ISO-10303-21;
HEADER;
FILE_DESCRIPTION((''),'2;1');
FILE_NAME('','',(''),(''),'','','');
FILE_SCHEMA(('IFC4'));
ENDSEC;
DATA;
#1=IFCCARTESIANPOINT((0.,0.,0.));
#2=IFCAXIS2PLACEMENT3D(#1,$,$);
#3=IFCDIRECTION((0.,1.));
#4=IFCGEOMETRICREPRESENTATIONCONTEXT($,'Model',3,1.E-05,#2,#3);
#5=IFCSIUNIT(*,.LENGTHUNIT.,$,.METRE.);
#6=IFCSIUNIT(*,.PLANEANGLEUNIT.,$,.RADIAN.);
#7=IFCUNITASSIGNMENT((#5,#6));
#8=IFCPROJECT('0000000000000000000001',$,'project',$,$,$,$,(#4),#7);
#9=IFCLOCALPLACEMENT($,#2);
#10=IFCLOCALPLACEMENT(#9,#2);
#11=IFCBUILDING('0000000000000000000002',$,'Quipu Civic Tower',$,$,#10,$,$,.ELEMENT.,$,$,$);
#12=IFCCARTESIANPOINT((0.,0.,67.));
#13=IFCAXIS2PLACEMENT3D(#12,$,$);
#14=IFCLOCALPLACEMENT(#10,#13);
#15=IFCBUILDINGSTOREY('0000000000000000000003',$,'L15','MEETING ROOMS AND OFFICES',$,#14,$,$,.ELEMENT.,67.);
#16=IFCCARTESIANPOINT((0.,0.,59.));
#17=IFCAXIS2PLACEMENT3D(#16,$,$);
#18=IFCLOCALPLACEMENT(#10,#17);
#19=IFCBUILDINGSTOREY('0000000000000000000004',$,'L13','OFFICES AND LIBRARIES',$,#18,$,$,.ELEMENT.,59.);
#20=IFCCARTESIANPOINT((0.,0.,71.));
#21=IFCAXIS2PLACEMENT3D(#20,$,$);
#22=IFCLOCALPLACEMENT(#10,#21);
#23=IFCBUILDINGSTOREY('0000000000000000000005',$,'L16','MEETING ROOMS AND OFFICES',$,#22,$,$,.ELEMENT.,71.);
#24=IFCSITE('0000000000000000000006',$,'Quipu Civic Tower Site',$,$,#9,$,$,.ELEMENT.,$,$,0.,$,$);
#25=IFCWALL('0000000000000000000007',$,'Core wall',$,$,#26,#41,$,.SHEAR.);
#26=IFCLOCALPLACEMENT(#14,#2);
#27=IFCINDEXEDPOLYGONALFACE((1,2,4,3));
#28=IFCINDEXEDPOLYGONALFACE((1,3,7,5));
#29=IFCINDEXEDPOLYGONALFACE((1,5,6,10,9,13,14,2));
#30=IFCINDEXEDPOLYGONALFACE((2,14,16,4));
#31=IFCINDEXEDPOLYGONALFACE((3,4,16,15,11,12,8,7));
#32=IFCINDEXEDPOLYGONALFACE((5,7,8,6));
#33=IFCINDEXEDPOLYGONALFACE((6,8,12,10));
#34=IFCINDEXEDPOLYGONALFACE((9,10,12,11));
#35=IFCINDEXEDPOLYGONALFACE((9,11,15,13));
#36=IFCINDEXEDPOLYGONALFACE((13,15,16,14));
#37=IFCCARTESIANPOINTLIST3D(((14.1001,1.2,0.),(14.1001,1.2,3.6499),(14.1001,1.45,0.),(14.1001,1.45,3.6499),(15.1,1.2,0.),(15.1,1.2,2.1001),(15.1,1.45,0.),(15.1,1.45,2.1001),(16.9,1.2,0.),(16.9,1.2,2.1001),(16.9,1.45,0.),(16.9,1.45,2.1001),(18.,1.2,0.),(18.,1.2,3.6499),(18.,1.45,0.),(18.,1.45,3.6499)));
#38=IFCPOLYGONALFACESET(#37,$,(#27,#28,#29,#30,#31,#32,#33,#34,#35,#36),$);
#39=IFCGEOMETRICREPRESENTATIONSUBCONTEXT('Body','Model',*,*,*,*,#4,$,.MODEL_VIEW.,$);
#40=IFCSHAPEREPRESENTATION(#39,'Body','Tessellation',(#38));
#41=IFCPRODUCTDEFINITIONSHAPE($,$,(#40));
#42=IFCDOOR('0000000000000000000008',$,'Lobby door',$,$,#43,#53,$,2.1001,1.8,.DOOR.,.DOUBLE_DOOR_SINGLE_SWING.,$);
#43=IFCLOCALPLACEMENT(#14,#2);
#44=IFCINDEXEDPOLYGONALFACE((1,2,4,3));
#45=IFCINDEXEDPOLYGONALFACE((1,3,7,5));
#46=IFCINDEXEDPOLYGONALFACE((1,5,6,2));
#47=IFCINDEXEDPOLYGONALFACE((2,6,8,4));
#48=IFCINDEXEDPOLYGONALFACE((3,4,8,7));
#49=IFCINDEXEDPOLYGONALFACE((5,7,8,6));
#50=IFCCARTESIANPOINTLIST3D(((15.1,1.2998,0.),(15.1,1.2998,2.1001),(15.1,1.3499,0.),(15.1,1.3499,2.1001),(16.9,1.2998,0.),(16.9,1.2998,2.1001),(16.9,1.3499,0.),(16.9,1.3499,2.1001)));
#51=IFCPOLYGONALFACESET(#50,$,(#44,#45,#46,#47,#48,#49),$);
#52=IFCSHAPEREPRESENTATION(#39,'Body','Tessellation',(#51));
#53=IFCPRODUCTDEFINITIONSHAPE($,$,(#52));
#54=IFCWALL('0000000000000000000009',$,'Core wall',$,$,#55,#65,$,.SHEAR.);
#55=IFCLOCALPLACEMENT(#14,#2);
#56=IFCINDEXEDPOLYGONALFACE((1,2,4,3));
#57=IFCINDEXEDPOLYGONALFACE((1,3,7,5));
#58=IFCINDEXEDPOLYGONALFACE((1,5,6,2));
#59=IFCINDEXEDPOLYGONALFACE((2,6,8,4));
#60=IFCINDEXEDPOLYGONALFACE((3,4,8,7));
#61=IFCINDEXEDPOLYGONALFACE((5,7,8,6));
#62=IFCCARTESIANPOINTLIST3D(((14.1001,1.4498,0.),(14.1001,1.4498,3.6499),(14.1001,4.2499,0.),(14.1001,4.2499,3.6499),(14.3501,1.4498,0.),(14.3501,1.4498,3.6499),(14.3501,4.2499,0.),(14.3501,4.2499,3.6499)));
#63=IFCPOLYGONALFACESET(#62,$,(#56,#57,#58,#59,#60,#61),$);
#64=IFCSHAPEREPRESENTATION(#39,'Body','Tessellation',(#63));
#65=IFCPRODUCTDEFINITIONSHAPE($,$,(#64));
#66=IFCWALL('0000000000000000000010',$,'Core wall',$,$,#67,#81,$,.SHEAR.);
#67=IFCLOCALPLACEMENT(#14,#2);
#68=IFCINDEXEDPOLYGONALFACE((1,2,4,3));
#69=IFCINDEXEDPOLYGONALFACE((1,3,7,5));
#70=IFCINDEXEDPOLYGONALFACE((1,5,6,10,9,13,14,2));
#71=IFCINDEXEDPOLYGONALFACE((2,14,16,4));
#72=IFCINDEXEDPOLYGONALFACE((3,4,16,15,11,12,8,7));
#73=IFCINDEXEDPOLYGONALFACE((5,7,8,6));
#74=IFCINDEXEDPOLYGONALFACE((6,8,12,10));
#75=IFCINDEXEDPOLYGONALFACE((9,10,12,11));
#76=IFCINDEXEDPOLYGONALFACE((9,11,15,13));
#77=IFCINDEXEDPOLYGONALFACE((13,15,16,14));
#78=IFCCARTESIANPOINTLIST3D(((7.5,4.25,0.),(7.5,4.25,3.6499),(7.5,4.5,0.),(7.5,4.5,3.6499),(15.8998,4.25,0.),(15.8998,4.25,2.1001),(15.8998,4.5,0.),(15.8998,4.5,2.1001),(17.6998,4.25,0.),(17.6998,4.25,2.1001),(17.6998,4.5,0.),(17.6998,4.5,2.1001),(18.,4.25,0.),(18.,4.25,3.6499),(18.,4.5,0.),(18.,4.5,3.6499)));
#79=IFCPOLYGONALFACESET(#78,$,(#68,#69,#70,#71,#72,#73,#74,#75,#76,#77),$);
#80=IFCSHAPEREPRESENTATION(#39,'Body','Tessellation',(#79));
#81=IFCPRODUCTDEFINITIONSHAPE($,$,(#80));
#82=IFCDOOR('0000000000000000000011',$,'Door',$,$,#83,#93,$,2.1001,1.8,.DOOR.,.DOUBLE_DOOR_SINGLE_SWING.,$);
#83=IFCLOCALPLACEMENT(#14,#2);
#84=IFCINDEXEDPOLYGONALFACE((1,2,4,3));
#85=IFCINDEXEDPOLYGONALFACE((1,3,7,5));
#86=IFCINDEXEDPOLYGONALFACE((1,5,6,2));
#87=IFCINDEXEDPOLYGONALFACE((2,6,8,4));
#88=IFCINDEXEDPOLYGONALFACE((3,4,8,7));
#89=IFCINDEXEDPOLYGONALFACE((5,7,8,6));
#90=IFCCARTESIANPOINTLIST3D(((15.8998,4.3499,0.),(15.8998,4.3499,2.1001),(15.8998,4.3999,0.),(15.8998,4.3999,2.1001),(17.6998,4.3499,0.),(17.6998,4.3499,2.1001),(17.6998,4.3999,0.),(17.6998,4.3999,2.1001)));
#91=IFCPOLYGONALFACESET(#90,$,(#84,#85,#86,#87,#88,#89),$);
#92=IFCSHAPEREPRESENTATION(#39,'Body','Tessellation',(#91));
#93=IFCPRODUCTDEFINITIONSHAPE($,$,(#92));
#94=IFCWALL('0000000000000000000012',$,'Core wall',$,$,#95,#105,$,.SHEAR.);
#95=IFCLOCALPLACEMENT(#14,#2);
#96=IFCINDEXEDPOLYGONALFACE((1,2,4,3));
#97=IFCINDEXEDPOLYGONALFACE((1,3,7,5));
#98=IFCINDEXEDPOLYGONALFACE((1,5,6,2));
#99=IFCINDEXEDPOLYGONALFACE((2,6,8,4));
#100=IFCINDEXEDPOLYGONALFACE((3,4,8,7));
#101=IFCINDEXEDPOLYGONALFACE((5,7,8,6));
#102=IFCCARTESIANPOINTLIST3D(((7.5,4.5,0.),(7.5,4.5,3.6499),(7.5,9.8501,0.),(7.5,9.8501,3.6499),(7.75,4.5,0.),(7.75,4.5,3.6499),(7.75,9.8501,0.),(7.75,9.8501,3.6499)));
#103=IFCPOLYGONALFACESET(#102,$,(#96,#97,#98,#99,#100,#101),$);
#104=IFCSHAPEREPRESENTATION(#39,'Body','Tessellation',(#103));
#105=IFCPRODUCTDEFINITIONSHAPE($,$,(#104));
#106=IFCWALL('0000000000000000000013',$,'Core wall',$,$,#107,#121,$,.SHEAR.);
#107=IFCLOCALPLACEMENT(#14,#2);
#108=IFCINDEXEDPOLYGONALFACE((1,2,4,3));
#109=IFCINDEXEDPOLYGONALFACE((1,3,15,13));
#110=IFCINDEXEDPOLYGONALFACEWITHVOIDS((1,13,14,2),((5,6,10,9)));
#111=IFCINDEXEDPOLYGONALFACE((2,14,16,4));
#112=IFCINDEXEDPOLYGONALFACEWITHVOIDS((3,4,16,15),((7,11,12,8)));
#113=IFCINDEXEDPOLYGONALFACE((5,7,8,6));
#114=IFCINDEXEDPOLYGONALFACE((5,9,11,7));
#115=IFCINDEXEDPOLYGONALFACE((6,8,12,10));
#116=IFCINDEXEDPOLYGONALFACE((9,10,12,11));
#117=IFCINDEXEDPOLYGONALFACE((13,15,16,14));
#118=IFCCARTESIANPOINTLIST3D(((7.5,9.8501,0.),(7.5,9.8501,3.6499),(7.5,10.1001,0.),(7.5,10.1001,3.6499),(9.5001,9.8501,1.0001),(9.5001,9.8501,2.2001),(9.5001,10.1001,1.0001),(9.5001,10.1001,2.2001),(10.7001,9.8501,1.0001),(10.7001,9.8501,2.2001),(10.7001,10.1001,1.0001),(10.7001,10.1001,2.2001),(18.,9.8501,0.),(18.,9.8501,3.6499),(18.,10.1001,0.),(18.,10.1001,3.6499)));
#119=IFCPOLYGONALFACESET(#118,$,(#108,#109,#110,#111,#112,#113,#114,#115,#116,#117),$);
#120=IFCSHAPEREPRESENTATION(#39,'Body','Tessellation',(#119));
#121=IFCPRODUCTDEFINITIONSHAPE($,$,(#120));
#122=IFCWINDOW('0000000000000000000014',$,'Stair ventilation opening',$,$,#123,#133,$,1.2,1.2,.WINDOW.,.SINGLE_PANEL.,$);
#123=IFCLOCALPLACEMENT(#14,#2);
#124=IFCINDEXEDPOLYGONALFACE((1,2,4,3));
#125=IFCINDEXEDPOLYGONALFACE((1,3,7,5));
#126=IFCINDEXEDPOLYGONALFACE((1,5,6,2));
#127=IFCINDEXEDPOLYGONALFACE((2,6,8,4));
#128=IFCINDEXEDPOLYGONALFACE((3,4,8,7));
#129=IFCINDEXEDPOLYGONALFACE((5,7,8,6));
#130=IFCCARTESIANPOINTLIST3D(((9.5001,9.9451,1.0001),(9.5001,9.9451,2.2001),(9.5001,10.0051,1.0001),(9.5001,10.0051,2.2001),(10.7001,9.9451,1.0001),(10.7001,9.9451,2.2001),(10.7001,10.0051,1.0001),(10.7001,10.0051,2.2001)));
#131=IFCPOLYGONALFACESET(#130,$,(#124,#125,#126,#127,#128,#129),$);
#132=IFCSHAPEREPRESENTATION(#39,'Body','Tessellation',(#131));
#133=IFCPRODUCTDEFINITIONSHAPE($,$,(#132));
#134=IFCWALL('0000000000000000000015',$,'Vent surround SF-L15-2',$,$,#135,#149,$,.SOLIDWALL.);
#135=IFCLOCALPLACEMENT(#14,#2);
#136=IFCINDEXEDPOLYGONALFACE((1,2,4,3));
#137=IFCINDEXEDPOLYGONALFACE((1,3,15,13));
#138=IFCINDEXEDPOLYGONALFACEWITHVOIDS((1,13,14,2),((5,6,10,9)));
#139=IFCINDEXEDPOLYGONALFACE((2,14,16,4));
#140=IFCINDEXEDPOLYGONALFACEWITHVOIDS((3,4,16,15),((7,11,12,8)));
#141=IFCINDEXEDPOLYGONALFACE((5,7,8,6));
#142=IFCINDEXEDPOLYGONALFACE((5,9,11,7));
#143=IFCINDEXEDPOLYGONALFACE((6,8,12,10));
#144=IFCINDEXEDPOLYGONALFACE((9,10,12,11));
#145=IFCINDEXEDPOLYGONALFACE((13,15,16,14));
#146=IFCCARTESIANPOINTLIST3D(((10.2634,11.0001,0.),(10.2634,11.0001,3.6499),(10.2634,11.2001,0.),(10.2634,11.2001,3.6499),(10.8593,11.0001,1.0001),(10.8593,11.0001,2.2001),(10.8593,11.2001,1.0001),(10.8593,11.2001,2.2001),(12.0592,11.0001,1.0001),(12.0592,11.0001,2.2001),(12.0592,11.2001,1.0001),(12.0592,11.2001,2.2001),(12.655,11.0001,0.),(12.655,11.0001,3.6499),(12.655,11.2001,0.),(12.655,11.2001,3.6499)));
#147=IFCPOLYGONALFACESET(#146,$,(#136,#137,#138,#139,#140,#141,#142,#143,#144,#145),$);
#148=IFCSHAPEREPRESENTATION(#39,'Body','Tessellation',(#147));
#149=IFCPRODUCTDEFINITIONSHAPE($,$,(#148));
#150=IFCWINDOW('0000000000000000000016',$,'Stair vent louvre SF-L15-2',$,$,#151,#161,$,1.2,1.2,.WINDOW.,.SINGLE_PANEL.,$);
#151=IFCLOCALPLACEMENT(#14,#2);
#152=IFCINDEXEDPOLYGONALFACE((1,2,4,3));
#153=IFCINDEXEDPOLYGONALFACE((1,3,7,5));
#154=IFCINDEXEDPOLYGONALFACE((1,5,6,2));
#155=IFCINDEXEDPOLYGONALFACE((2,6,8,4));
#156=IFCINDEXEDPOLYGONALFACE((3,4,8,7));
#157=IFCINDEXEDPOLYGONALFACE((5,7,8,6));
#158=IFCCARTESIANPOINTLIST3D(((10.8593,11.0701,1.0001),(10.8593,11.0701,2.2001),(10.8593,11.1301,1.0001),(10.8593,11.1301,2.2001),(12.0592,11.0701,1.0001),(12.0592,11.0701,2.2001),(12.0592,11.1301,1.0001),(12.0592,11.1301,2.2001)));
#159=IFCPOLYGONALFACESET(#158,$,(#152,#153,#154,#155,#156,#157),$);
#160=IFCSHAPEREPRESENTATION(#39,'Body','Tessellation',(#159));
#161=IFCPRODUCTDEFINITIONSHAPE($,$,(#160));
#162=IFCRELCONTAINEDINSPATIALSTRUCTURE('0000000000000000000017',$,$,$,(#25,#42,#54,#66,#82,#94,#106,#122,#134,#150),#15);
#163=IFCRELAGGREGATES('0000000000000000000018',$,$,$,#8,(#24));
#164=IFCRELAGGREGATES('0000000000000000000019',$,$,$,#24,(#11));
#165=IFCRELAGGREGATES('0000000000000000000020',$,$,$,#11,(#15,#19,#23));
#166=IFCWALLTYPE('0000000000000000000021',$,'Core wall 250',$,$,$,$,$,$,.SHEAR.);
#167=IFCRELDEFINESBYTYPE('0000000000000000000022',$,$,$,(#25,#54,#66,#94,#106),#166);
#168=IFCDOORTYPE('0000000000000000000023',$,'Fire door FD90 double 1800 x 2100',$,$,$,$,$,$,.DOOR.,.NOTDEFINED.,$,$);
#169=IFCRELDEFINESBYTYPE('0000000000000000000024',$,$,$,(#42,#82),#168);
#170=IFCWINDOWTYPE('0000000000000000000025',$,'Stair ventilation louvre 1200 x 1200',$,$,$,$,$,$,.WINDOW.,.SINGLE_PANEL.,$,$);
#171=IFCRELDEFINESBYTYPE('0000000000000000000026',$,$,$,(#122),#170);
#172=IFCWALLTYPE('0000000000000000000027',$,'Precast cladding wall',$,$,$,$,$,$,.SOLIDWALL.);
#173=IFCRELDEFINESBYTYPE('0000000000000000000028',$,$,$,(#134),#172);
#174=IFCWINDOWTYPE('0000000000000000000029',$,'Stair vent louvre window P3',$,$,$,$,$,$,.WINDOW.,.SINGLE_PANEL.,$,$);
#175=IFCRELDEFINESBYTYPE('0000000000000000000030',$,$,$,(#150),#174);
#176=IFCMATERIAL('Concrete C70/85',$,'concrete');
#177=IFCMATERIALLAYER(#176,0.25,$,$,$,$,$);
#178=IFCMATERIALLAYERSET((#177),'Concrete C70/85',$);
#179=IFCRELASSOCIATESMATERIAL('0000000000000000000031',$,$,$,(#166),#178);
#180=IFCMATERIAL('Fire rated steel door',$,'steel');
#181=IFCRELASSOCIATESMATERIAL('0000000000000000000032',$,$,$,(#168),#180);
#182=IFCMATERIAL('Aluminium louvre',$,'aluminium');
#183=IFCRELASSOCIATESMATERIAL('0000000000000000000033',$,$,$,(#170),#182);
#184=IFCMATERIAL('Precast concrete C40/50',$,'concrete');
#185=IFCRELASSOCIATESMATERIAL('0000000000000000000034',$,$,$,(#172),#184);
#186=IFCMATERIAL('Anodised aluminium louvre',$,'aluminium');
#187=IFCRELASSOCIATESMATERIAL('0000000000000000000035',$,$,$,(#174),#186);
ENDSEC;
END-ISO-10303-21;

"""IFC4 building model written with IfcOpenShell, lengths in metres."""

from ifc_helpers import new_model, si_unit, direction, frame, frame_2d, origin, place, context, subcontext, project, spatial, rectangle, extrude, material, layer, layer_set, type_object, element, fill, save


model = new_model("IFC4")

# Units and contexts
model_context = context("Model", 3, precision=1e-05, world=origin(), true_north=direction((0.0, 1.0)))
body_context = subcontext(model_context, "Body", "Model", "MODEL_VIEW")
ifc_project = project(units=[si_unit("LENGTHUNIT", "METRE"), si_unit("PLANEANGLEUNIT", "RADIAN")], contexts=[model_context])

# Site, building, storey
site_placement = place(None, origin())
site = spatial("IfcSite", under=ifc_project, at=site_placement, Name="Quipu Civic Tower Site", CompositionType="ELEMENT", RefElevation=0.0)
building_placement = place(site_placement, origin())
building = spatial("IfcBuilding", under=site, at=building_placement, Name="Quipu Civic Tower", CompositionType="ELEMENT")
storey_1_placement = place(building_placement, frame((0.0, 0.0, 67.0)))
storey_1 = spatial("IfcBuildingStorey", under=building, at=storey_1_placement, Name="L15", Description="MEETING ROOMS AND OFFICES", CompositionType="ELEMENT", Elevation=67.0)

# Shared definitions
storey_2_placement = place(building_placement, frame((0.0, 0.0, 59.0)))
storey_2 = spatial("IfcBuildingStorey", under=building, at=storey_2_placement, Name="L13", Description="OFFICES AND LIBRARIES", CompositionType="ELEMENT", Elevation=59.0)

# Shared definitions
storey_3_placement = place(building_placement, frame((0.0, 0.0, 71.0)))
storey_3 = spatial("IfcBuildingStorey", under=building, at=storey_3_placement, Name="L16", Description="MEETING ROOMS AND OFFICES", CompositionType="ELEMENT", Elevation=71.0)

# Wall, opening, door
ifc_material_1 = material(Name="Concrete C70/85", Category="concrete")
ifc_layer_1 = layer(ifc_material_1, 0.25)
ifc_layer_set_1 = layer_set([ifc_layer_1], Name="Concrete C70/85")
wall_type_1 = type_object("IfcWallType", Name="Core wall 250", PredefinedType="SHEAR", material=ifc_layer_set_1)
wall_1_placement = place(storey_1_placement, frame((14.1001, 1.325, 0.0), z_axis=(0.0, 0.0, 1.0), x_axis=(1.0, 0.0, 0.0)))
wall_1 = element("IfcWall", 1, at=wall_1_placement, inside=storey_1, type_object=wall_type_1, Name="Core wall", PredefinedType="SHEAR", context=body_context, shape_type="SweptSolid", body=[
    extrude(rectangle(XDim=3.8999, YDim=0.25, at=frame_2d((1.95, 0.0))), origin(), (0.0, 0.0, 1.0), 3.6499),
])
opening_1_placement = place(wall_1_placement, frame((1.0, 0.0, 0.0)))
opening_1 = element("IfcOpeningElement", 2, at=opening_1_placement, cuts=wall_1, PredefinedType="OPENING", context=body_context, shape_type="SweptSolid", body=[
    extrude(rectangle(XDim=1.8, YDim=2.1001, at=frame_2d((0.8999, 1.05))), frame((0.0, 0.135, 0.0), z_axis=(0.0, -1.0, 0.0), x_axis=(1.0, 0.0, 0.0)), (0.0, 0.0, 1.0), 0.27),
])
ifc_material_2 = material(Name="Fire rated steel door", Category="steel")
door_type = type_object("IfcDoorType", Name="Fire door FD90 double 1800 x 2100", OperationType="NOTDEFINED", PredefinedType="DOOR", material=ifc_material_2)
door_1_placement = place(opening_1_placement, origin())
door_1 = element("IfcDoor", 3, at=door_1_placement, inside=storey_1, type_object=door_type, Name="Lobby door", OperationType="DOUBLE_DOOR_SINGLE_SWING", OverallHeight=2.1001, OverallWidth=1.8, PredefinedType="DOOR", context=body_context, shape_type="SweptSolid", body=[
    extrude(rectangle(XDim=1.8, YDim=2.1001, at=frame_2d((0.8999, 1.05))), frame((0.0, 0.0249, 0.0), z_axis=(0.0, -1.0, 0.0), x_axis=(1.0, 0.0, 0.0)), (0.0, 0.0, 1.0), 0.05),
])
fill(opening_1, door_1)

# Wall
wall_2_placement = place(storey_1_placement, frame((14.2251, 1.45, 0.0), z_axis=(0.0, 0.0, 1.0), x_axis=(0.0, 1.0, 0.0)))
element("IfcWall", 4, at=wall_2_placement, inside=storey_1, type_object=wall_type_1, Name="Core wall", PredefinedType="SHEAR", context=body_context, shape_type="SweptSolid", body=[
    extrude(rectangle(XDim=2.8, YDim=0.25, at=frame_2d((1.3999, 0.0))), origin(), (0.0, 0.0, 1.0), 3.6499),
])

# Wall, opening, door
wall_3_placement = place(storey_1_placement, frame((7.5, 4.375, 0.0), z_axis=(0.0, 0.0, 1.0), x_axis=(1.0, 0.0, 0.0)))
wall_3 = element("IfcWall", 5, at=wall_3_placement, inside=storey_1, type_object=wall_type_1, Name="Core wall", PredefinedType="SHEAR", context=body_context, shape_type="SweptSolid", body=[
    extrude(rectangle(XDim=10.5, YDim=0.25, at=frame_2d((5.25, 0.0))), origin(), (0.0, 0.0, 1.0), 3.6499),
])
opening_2_placement = place(wall_3_placement, frame((8.3999, 0.0, 0.0)))
opening_2 = element("IfcOpeningElement", 6, at=opening_2_placement, cuts=wall_3, PredefinedType="OPENING", context=body_context, shape_type="SweptSolid", body=[
    extrude(rectangle(XDim=1.8, YDim=2.1001, at=frame_2d((0.8999, 1.05))), frame((0.0, 0.135, 0.0), z_axis=(0.0, -1.0, 0.0), x_axis=(1.0, 0.0, 0.0)), (0.0, 0.0, 1.0), 0.27),
])
door_2_placement = place(opening_2_placement, origin())
door_2 = element("IfcDoor", 7, at=door_2_placement, inside=storey_1, type_object=door_type, Name="Door", OperationType="DOUBLE_DOOR_SINGLE_SWING", OverallHeight=2.1001, OverallWidth=1.8, PredefinedType="DOOR", context=body_context, shape_type="SweptSolid", body=[
    extrude(rectangle(XDim=1.8, YDim=2.1001, at=frame_2d((0.8999, 1.05))), frame((0.0, 0.0249, 0.0), z_axis=(0.0, -1.0, 0.0), x_axis=(1.0, 0.0, 0.0)), (0.0, 0.0, 1.0), 0.05),
])
fill(opening_2, door_2)

# Wall
wall_4_placement = place(storey_1_placement, frame((7.625, 4.5, 0.0), z_axis=(0.0, 0.0, 1.0), x_axis=(0.0, 1.0, 0.0)))
element("IfcWall", 8, at=wall_4_placement, inside=storey_1, type_object=wall_type_1, Name="Core wall", PredefinedType="SHEAR", context=body_context, shape_type="SweptSolid", body=[
    extrude(rectangle(XDim=5.3501, YDim=0.25, at=frame_2d((2.675, 0.0))), origin(), (0.0, 0.0, 1.0), 3.6499),
])

# Walls, openings, windows
wall_5_placement = place(storey_1_placement, frame((7.5, 9.9751, 0.0), z_axis=(0.0, 0.0, 1.0), x_axis=(1.0, 0.0, 0.0)))
wall_5 = element("IfcWall", 9, at=wall_5_placement, inside=storey_1, type_object=wall_type_1, Name="Core wall", PredefinedType="SHEAR", context=body_context, shape_type="SweptSolid", body=[
    extrude(rectangle(XDim=10.5, YDim=0.25, at=frame_2d((5.25, 0.0))), origin(), (0.0, 0.0, 1.0), 3.6499),
])
opening_3_placement = place(wall_5_placement, frame((2.0, 0.0, 1.0)))
opening_3 = element("IfcOpeningElement", 10, at=opening_3_placement, cuts=wall_5, PredefinedType="OPENING", context=body_context, shape_type="SweptSolid", body=[
    extrude(rectangle(XDim=1.2, YDim=1.2, at=frame_2d((0.6001, 0.6001))), frame((0.0, 0.135, 0.0), z_axis=(0.0, -1.0, 0.0), x_axis=(1.0, 0.0, 0.0)), (0.0, 0.0, 1.0), 0.27),
])
ifc_material_3 = material(Name="Aluminium louvre", Category="aluminium")
window_type_1 = type_object("IfcWindowType", Name="Stair ventilation louvre 1200 x 1200", PartitioningType="SINGLE_PANEL", PredefinedType="WINDOW", material=ifc_material_3)
window_1_placement = place(opening_3_placement, origin())
window_1 = element("IfcWindow", 11, at=window_1_placement, inside=storey_1, type_object=window_type_1, Name="Stair ventilation opening", OverallHeight=1.2, OverallWidth=1.2, PartitioningType="SINGLE_PANEL", PredefinedType="WINDOW", context=body_context, shape_type="SweptSolid", body=[
    extrude(rectangle(XDim=1.2, YDim=1.2, at=frame_2d((0.6001, 0.6001))), frame((0.0, 0.03, 0.0), z_axis=(0.0, -1.0, 0.0), x_axis=(1.0, 0.0, 0.0)), (0.0, 0.0, 1.0), 0.0601),
])
fill(opening_3, window_1)
ifc_material_4 = material(Name="Precast concrete C40/50", Category="concrete")
wall_type_2 = type_object("IfcWallType", Name="Precast cladding wall", PredefinedType="SOLIDWALL", material=ifc_material_4)
wall_6_placement = place(storey_1_placement, frame((12.655, 11.1001, 0.0), z_axis=(0.0, 0.0, 1.0), x_axis=(-1.0, 0.0, 0.0)))
wall_6 = element("IfcWall", 12, at=wall_6_placement, inside=storey_1, type_object=wall_type_2, Name="Vent surround SF-L15-2", PredefinedType="SOLIDWALL", context=body_context, shape_type="SweptSolid", body=[
    extrude(rectangle(XDim=2.3916, YDim=0.2, at=frame_2d((1.1958, 0.0))), origin(), (0.0, 0.0, 1.0), 3.6499),
])
opening_4_placement = place(wall_6_placement, frame((0.5957, 0.0, 1.0)))
opening_4 = element("IfcOpeningElement", 13, at=opening_4_placement, cuts=wall_6, PredefinedType="OPENING", context=body_context, shape_type="SweptSolid", body=[
    extrude(rectangle(XDim=1.2, YDim=1.2, at=frame_2d((0.6001, 0.6001))), frame((0.0, 0.1099, 0.0), z_axis=(0.0, -1.0, 0.0), x_axis=(1.0, 0.0, 0.0)), (0.0, 0.0, 1.0), 0.22),
])
ifc_material_5 = material(Name="Anodised aluminium louvre", Category="aluminium")
window_type_2 = type_object("IfcWindowType", Name="Stair vent louvre window P3", PartitioningType="SINGLE_PANEL", PredefinedType="WINDOW", material=ifc_material_5)
window_2_placement = place(opening_4_placement, origin())
window_2 = element("IfcWindow", 14, at=window_2_placement, inside=storey_1, type_object=window_type_2, Name="Stair vent louvre SF-L15-2", OverallHeight=1.2, OverallWidth=1.2, PartitioningType="SINGLE_PANEL", PredefinedType="WINDOW", context=body_context, shape_type="SweptSolid", body=[
    extrude(rectangle(XDim=1.2, YDim=1.2, at=frame_2d((0.6001, 0.6001))), frame((0.0, 0.03, 0.0), z_axis=(0.0, -1.0, 0.0), x_axis=(1.0, 0.0, 0.0)), (0.0, 0.0, 1.0), 0.0601),
])
fill(opening_4, window_2)

save(model, "model.ifc")
